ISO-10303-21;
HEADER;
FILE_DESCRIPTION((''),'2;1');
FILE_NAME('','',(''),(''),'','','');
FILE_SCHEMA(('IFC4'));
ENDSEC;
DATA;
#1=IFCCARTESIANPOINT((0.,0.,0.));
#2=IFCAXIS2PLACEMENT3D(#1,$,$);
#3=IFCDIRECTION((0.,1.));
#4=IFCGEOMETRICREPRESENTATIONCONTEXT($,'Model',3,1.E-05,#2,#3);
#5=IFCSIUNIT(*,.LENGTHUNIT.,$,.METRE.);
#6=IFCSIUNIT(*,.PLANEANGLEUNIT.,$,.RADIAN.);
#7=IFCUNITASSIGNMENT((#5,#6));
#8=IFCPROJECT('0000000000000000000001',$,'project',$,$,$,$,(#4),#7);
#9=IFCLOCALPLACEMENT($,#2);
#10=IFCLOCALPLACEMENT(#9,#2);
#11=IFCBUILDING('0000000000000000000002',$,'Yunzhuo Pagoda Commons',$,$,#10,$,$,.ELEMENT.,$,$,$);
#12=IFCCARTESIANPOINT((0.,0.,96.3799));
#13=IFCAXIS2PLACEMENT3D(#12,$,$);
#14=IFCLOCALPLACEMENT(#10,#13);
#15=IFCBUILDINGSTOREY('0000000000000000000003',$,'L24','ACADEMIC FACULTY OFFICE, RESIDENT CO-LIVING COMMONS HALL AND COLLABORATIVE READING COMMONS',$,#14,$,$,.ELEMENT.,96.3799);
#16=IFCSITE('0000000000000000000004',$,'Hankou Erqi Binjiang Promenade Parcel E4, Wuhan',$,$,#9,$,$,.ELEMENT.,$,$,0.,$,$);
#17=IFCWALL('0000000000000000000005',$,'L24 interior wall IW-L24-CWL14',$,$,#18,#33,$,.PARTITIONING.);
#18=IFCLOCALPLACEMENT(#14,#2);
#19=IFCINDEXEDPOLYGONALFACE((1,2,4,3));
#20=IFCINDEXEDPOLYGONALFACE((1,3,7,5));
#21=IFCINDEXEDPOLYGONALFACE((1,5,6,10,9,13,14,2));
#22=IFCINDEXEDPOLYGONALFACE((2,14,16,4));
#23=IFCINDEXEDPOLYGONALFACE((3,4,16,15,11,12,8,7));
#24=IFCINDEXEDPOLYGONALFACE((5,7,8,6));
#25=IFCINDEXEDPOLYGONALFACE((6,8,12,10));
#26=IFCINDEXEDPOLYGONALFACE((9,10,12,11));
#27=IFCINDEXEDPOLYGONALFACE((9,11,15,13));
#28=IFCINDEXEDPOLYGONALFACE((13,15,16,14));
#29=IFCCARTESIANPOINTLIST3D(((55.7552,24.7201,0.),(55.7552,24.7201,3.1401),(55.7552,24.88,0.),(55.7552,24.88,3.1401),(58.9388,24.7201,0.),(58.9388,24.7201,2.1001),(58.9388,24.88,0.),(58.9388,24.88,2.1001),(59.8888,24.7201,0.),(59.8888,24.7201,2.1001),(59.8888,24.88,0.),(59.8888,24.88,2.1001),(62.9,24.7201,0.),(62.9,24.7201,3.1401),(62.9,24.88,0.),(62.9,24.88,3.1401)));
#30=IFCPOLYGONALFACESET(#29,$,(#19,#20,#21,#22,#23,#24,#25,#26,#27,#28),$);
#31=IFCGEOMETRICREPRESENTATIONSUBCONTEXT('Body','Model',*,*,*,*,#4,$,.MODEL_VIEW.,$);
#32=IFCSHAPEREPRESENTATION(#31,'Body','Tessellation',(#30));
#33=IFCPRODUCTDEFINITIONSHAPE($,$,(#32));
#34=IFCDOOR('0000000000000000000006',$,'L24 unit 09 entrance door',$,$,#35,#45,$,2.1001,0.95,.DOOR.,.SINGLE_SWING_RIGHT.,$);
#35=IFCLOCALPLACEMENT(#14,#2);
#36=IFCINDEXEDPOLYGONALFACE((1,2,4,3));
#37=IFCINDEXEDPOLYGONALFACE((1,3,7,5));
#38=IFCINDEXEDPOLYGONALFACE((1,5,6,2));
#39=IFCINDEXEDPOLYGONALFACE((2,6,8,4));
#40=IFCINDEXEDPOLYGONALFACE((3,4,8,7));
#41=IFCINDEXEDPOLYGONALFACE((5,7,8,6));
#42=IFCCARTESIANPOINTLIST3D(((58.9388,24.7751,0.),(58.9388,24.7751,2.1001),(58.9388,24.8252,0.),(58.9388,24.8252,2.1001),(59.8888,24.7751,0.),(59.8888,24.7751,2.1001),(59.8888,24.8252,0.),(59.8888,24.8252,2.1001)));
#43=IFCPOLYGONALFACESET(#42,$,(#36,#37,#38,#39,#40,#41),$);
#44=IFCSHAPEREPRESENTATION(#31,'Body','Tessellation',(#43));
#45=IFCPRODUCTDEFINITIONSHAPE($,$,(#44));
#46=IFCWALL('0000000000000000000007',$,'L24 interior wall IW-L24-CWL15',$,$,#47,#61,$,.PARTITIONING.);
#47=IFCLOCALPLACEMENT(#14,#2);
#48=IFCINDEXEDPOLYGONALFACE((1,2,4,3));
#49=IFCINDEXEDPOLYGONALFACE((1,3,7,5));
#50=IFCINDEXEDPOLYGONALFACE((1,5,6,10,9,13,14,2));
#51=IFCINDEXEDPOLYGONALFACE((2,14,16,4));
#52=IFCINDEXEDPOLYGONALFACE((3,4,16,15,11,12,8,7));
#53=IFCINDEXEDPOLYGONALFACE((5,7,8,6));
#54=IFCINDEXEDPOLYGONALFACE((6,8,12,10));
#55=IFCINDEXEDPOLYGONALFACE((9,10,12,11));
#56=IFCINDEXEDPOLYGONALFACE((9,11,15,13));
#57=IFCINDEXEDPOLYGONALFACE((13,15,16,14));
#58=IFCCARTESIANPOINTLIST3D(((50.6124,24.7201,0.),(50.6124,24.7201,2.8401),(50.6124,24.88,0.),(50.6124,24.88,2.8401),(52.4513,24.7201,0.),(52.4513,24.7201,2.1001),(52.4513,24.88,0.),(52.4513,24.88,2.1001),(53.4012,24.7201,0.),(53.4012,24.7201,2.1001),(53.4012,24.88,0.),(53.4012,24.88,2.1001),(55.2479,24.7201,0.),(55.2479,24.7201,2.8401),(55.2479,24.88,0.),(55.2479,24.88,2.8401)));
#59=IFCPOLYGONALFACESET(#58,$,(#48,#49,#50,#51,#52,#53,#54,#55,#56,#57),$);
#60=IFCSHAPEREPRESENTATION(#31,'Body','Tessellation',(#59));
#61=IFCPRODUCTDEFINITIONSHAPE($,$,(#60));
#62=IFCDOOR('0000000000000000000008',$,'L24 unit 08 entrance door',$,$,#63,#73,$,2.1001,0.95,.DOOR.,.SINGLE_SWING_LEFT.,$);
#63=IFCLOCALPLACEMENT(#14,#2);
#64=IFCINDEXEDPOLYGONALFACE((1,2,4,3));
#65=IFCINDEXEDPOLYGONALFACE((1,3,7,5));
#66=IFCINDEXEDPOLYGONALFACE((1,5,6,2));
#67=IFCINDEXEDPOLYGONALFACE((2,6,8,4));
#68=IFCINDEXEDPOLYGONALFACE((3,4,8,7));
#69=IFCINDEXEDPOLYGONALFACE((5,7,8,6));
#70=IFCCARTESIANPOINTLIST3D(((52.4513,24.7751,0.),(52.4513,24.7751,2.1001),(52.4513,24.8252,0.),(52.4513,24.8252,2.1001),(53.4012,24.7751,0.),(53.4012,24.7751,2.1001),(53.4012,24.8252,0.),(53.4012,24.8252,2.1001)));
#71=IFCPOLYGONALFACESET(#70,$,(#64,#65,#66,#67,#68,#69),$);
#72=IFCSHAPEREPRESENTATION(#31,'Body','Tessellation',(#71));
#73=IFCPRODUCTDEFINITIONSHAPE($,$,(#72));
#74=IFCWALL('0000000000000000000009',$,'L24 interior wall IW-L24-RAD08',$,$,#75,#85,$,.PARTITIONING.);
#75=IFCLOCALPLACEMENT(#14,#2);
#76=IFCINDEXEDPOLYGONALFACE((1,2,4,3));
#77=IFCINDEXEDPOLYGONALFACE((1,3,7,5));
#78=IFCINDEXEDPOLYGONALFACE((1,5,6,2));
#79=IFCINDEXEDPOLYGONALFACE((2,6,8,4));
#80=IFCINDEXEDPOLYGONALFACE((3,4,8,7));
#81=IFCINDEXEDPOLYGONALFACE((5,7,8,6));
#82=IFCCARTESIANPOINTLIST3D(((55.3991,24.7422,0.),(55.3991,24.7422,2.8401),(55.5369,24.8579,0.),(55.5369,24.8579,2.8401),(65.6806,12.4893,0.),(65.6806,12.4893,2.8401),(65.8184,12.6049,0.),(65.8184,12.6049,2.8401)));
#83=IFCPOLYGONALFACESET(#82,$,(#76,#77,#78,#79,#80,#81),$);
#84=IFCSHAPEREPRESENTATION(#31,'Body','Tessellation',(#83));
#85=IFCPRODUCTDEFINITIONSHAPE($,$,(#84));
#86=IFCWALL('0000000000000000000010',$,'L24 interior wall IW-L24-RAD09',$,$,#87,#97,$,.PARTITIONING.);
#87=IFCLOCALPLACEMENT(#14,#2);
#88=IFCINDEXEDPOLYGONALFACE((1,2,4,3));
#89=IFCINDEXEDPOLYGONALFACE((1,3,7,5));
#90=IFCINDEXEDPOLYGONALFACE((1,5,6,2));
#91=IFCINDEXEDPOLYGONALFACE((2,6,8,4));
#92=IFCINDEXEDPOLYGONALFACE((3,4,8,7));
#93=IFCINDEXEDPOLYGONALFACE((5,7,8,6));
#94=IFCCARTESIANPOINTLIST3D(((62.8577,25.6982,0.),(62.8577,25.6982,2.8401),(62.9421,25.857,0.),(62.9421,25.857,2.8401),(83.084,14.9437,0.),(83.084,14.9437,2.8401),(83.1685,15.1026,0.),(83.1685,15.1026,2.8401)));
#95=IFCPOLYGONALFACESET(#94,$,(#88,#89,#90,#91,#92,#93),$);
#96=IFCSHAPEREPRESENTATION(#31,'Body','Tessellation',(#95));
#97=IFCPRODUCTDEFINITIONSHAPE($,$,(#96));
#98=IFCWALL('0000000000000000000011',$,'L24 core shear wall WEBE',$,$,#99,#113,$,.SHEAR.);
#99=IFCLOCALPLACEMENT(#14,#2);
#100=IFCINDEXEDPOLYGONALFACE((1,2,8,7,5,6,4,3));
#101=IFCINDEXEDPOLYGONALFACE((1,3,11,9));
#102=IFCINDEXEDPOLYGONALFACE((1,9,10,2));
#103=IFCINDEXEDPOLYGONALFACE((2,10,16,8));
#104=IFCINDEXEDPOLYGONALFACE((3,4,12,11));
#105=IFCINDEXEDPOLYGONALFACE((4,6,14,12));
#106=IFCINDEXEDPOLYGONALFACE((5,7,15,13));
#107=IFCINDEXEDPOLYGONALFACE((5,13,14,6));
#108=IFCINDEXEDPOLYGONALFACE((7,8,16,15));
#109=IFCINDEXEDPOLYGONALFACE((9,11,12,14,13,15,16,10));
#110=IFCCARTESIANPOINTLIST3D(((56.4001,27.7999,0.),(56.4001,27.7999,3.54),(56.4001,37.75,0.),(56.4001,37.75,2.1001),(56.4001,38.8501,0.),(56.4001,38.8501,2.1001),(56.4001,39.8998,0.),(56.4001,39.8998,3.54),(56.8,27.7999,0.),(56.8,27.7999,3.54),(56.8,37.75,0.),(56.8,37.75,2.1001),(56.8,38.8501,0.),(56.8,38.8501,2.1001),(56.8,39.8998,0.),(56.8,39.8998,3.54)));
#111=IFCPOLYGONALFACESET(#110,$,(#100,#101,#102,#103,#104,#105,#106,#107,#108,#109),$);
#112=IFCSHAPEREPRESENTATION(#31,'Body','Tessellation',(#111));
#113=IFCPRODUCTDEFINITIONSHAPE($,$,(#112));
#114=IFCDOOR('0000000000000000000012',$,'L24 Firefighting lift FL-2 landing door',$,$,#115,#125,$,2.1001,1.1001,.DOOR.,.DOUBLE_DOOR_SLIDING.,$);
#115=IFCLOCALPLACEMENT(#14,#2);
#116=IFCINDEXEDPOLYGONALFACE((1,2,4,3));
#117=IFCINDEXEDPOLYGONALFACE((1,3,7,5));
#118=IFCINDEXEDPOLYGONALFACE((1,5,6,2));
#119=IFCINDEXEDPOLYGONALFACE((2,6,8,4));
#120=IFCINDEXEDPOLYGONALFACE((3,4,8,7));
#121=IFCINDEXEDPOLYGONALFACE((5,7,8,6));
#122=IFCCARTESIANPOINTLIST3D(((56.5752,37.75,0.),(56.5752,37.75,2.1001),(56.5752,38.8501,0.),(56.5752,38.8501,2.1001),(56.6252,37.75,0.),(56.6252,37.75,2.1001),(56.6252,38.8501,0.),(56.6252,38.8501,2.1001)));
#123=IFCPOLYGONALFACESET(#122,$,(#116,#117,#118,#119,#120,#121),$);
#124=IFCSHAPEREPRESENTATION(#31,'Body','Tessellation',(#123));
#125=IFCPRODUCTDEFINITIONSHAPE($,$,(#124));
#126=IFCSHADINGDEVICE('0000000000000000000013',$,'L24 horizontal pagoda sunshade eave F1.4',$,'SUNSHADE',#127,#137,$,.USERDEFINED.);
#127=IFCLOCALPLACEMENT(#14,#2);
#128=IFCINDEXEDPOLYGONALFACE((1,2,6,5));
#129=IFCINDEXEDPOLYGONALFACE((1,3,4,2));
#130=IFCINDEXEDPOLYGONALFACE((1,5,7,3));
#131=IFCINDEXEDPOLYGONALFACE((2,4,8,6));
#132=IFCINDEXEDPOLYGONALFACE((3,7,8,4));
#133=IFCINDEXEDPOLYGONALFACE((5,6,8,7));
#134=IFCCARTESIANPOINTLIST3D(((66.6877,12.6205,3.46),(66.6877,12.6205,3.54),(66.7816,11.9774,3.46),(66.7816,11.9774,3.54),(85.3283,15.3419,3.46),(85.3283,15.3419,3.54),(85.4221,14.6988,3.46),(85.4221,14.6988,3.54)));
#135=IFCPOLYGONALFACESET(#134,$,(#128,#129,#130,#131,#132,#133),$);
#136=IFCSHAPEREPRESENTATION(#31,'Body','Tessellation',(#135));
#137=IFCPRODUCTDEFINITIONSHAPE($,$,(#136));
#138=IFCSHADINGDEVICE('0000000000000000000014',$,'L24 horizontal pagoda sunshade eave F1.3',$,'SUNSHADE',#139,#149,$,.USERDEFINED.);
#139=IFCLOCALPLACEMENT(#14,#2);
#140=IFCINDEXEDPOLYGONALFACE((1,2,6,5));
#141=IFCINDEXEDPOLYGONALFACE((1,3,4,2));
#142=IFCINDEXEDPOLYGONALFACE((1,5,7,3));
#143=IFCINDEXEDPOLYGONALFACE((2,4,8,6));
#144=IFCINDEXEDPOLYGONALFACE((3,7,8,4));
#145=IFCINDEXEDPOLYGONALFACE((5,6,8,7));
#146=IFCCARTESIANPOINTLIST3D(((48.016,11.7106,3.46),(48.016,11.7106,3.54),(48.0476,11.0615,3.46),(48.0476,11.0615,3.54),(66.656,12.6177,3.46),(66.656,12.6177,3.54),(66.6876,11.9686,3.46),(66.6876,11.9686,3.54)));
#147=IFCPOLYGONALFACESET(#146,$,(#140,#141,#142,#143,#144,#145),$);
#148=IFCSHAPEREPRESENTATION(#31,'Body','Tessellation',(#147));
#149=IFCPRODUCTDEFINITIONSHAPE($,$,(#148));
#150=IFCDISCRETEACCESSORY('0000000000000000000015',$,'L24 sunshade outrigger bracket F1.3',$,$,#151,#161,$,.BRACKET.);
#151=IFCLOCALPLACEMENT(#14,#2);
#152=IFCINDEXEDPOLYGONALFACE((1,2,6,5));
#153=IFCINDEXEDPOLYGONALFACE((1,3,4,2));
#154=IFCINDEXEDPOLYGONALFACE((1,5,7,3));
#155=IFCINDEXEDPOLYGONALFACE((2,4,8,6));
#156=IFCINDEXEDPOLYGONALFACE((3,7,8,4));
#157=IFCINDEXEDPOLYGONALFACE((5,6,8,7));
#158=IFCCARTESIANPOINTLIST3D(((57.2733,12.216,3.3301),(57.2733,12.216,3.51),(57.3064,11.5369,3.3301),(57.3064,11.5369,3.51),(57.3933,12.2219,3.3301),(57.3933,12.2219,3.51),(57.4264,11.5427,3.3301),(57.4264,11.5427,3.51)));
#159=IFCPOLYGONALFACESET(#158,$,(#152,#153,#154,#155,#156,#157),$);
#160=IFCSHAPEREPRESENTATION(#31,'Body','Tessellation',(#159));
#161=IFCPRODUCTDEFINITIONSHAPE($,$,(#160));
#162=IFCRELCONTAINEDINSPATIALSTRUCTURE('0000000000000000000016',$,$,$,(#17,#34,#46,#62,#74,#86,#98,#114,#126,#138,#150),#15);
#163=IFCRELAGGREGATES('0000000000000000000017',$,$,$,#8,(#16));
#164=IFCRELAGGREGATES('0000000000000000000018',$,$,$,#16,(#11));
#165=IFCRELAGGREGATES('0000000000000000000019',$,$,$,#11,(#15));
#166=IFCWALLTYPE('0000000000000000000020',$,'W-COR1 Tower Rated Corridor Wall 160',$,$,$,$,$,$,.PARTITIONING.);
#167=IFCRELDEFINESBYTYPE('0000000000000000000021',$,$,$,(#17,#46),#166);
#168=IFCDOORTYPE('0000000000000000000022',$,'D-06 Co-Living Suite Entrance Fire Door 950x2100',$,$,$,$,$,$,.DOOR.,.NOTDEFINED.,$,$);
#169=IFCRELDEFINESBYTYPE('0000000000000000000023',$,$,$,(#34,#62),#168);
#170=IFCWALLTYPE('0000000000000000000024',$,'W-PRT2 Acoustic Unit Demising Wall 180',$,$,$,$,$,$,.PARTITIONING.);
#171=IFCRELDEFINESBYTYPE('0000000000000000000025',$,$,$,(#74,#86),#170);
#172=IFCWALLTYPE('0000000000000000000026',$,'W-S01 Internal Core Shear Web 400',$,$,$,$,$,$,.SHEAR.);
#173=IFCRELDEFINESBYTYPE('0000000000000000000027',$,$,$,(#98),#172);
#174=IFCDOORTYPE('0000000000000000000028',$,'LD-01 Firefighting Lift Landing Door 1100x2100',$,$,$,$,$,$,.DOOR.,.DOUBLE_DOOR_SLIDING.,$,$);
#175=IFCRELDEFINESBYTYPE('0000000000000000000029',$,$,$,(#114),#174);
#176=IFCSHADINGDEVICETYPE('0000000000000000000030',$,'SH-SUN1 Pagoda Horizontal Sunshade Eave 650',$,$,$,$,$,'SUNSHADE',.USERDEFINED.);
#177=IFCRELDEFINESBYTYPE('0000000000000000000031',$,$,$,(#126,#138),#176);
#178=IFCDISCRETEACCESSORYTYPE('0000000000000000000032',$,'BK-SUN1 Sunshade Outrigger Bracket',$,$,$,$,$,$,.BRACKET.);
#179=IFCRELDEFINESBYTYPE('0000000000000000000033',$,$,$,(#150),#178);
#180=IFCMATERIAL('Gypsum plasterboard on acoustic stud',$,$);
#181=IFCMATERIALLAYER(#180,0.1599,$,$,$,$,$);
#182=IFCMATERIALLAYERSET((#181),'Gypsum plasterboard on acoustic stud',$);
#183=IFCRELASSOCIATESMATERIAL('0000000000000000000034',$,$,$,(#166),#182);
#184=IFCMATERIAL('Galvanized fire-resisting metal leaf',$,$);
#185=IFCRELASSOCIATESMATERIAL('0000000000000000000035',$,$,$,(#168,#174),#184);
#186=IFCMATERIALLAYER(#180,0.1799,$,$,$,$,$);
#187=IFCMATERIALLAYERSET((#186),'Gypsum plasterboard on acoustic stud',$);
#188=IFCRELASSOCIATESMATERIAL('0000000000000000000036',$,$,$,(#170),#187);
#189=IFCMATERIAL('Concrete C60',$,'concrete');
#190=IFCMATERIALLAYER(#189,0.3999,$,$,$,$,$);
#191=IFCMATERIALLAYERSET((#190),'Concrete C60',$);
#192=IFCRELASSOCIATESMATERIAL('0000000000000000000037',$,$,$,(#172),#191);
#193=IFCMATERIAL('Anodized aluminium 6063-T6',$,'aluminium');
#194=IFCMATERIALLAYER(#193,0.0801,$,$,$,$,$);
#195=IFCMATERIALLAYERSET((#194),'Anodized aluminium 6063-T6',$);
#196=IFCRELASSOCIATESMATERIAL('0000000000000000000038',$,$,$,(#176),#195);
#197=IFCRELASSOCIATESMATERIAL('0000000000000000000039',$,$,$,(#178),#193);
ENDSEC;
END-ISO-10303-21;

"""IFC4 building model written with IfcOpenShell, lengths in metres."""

from ifc_helpers import new_model, si_unit, direction, frame, frame_2d, origin, origin_with_axes, origin_2d, place, context, subcontext, project, spatial, rectangle, extrude, source, transform, mapped, material, layer, layer_set, type_object, element, fill, save


model = new_model("IFC4")

# Units and contexts
model_context = context("Model", 3, precision=1e-05, world=origin(), true_north=direction((0.0, 1.0)))
body_context = subcontext(model_context, "Body", "Model", "MODEL_VIEW")
ifc_project = project(units=[si_unit("LENGTHUNIT", "METRE"), si_unit("PLANEANGLEUNIT", "RADIAN")], contexts=[model_context])

# Site, building, storey
site_placement = place(None, origin())
site = spatial("IfcSite", under=ifc_project, at=site_placement, Name="Hankou Erqi Binjiang Promenade Parcel E4, Wuhan", CompositionType="ELEMENT", RefElevation=0.0)
building_placement = place(site_placement, origin())
building = spatial("IfcBuilding", under=site, at=building_placement, Name="Yunzhuo Pagoda Commons", CompositionType="ELEMENT")
storey_placement = place(building_placement, frame((0.0, 0.0, 96.3799)))
storey = spatial("IfcBuildingStorey", under=building, at=storey_placement, Name="L24", Description="ACADEMIC FACULTY OFFICE, RESIDENT CO-LIVING COMMONS HALL AND COLLABORATIVE READING COMMONS", CompositionType="ELEMENT", Elevation=96.3799)

# Shared definitions
ifc_material_1 = material(Name="Anodized aluminium 6063-T6", Category="aluminium")

# Shared definitions
ifc_material_2 = material(Name="Concrete C60", Category="concrete")
ifc_material_3 = material(Name="Gypsum plasterboard on acoustic stud")
ifc_layer_1 = layer(ifc_material_3, 0.1599)
ifc_layer_set_1 = layer_set([ifc_layer_1], Name="Gypsum plasterboard on acoustic stud")
wall_type_1 = type_object("IfcWallType", Name="W-COR1 Tower Rated Corridor Wall 160", PredefinedType="PARTITIONING", material=ifc_layer_set_1)

# Walls, openings, doors
wall_1_placement = place(storey_placement, frame((62.8999, 24.8, 0.0), z_axis=(0.0, 0.0, 1.0), x_axis=(-1.0, 0.0, 0.0)))
wall_1 = element("IfcWall", 1, at=wall_1_placement, inside=storey, type_object=wall_type_1, Name="L24 interior wall IW-L24-CWL14", PredefinedType="PARTITIONING", context=body_context, shape_type="SweptSolid", body=[
    extrude(rectangle(XDim=7.1448, YDim=0.1599, at=frame_2d((3.5723, 0.0))), origin(), (0.0, 0.0, 1.0), 3.1401),
])
opening_1_placement = place(wall_1_placement, frame((3.011, 0.0, 0.0)))
opening_1 = element("IfcOpeningElement", 2, at=opening_1_placement, cuts=wall_1, PredefinedType="OPENING", context=body_context, shape_type="SweptSolid", body=[
    extrude(rectangle(XDim=0.95, YDim=2.1001, at=frame_2d((0.4751, 1.05))), frame((0.0, 0.0898, 0.0), z_axis=(0.0, -1.0, 0.0), x_axis=(1.0, 0.0, 0.0)), (0.0, 0.0, 1.0), 0.1799),
])
ifc_material_4 = material(Name="Galvanized fire-resisting metal leaf")
door_type_1 = type_object("IfcDoorType", Name="D-06 Co-Living Suite Entrance Fire Door 950x2100", OperationType="NOTDEFINED", PredefinedType="DOOR", material=ifc_material_4)
shared_shape_1 = source(origin(), body_context, "Body", "SweptSolid", [
    extrude(rectangle(XDim=0.95, YDim=2.1001, at=frame_2d((0.4751, 1.05))), frame((0.0, 0.0249, 0.0), z_axis=(0.0, -1.0, 0.0), x_axis=(1.0, 0.0, 0.0)), (0.0, 0.0, 1.0), 0.05),
])
door_1_placement = place(opening_1_placement, origin_with_axes())
door_1 = element("IfcDoor", 3, at=door_1_placement, inside=storey, type_object=door_type_1, Name="L24 unit 09 entrance door", OperationType="SINGLE_SWING_RIGHT", OverallHeight=2.1001, OverallWidth=0.95, PredefinedType="DOOR", context=body_context, shape_type="MappedRepresentation", body=[
    mapped(shared_shape_1, transform((0.0, 0.0, 0.0), scale=1.0)),
])
fill(opening_1, door_1)
wall_2_placement = place(storey_placement, frame((55.248, 24.8, 0.0), z_axis=(0.0, 0.0, 1.0), x_axis=(-1.0, 0.0, 0.0)))
wall_2 = element("IfcWall", 4, at=wall_2_placement, inside=storey, type_object=wall_type_1, Name="L24 interior wall IW-L24-CWL15", PredefinedType="PARTITIONING", context=body_context, shape_type="SweptSolid", body=[
    extrude(rectangle(XDim=4.6355, YDim=0.1599, at=frame_2d((2.3179, 0.0))), origin(), (0.0, 0.0, 1.0), 2.8401),
])
opening_2_placement = place(wall_2_placement, frame((1.8467, 0.0, 0.0)))
opening_2 = element("IfcOpeningElement", 5, at=opening_2_placement, cuts=wall_2, PredefinedType="OPENING", context=body_context, shape_type="SweptSolid", body=[
    extrude(rectangle(XDim=0.95, YDim=2.1001, at=frame_2d((0.4751, 1.05))), frame((0.0, 0.0898, 0.0), z_axis=(0.0, -1.0, 0.0), x_axis=(1.0, 0.0, 0.0)), (0.0, 0.0, 1.0), 0.1799),
])
door_2_placement = place(opening_2_placement, origin_with_axes())
door_2 = element("IfcDoor", 6, at=door_2_placement, inside=storey, type_object=door_type_1, Name="L24 unit 08 entrance door", OperationType="SINGLE_SWING_LEFT", OverallHeight=2.1001, OverallWidth=0.95, PredefinedType="DOOR", context=body_context, shape_type="MappedRepresentation", body=[
    mapped(shared_shape_1, transform((0.0, 0.0, 0.0), scale=1.0)),
])
fill(opening_2, door_2)

# Walls
ifc_layer_2 = layer(ifc_material_3, 0.1799)
ifc_layer_set_2 = layer_set([ifc_layer_2], Name="Gypsum plasterboard on acoustic stud")
wall_type_2 = type_object("IfcWallType", Name="W-PRT2 Acoustic Unit Demising Wall 180", PredefinedType="PARTITIONING", material=ifc_layer_set_2)
wall_3_placement = place(storey_placement, frame((55.468, 24.8, 0.0), z_axis=(0.0, 0.0, 1.0), x_axis=(0.64279, -0.766042, 0.0)))
element("IfcWall", 7, at=wall_3_placement, inside=storey, type_object=wall_type_2, Name="L24 interior wall IW-L24-RAD08", PredefinedType="PARTITIONING", context=body_context, shape_type="SweptSolid", body=[
    extrude(rectangle(XDim=15.9951, YDim=0.1799, at=frame_2d((7.9976, 0.0))), origin(), (0.0, 0.0, 1.0), 2.8401),
])
wall_4_placement = place(storey_placement, frame((62.8999, 25.7776, 0.0), z_axis=(0.0, 0.0, 1.0), x_axis=(0.88295, -0.469467, 0.0)))
element("IfcWall", 8, at=wall_4_placement, inside=storey, type_object=wall_type_2, Name="L24 interior wall IW-L24-RAD09", PredefinedType="PARTITIONING", context=body_context, shape_type="SweptSolid", body=[
    extrude(rectangle(XDim=22.9077, YDim=0.1799, at=frame_2d((11.4539, 0.0))), origin(), (0.0, 0.0, 1.0), 2.8401),
])

# Wall, opening, door
ifc_layer_3 = layer(ifc_material_2, 0.3999)
ifc_layer_set_3 = layer_set([ifc_layer_3], Name="Concrete C60")
wall_type_3 = type_object("IfcWallType", Name="W-S01 Internal Core Shear Web 400", PredefinedType="SHEAR", material=ifc_layer_set_3)
wall_5_placement = place(storey_placement, frame((56.6001, 27.8, 0.0), z_axis=(0.0, 0.0, 1.0), x_axis=(0.0, 1.0, 0.0)))
wall_5 = element("IfcWall", 9, at=wall_5_placement, inside=storey, type_object=wall_type_3, Name="L24 core shear wall WEBE", PredefinedType="SHEAR", context=body_context, shape_type="SweptSolid", body=[
    extrude(rectangle(XDim=12.0999, YDim=0.3999, at=frame_2d((6.0498, 0.0))), origin(), (0.0, 0.0, 1.0), 3.54),
])
opening_3_placement = place(wall_5_placement, frame((9.95, 0.0, 0.0)))
opening_3 = element("IfcOpeningElement", 10, at=opening_3_placement, cuts=wall_5, PredefinedType="OPENING", context=body_context, shape_type="SweptSolid", body=[
    extrude(rectangle(XDim=1.1001, YDim=2.1001, at=frame_2d((0.55, 1.05))), frame((0.0, 0.21, 0.0), z_axis=(0.0, -1.0, 0.0), x_axis=(1.0, 0.0, 0.0)), (0.0, 0.0, 1.0), 0.4199),
])
door_type_2 = type_object("IfcDoorType", Name="LD-01 Firefighting Lift Landing Door 1100x2100", OperationType="DOUBLE_DOOR_SLIDING", PredefinedType="DOOR", material=ifc_material_4)
shared_shape_2 = source(origin(), body_context, "Body", "SweptSolid", [
    extrude(rectangle(XDim=1.1001, YDim=2.1001, at=frame_2d((0.55, 1.05))), frame((0.0, 0.0249, 0.0), z_axis=(0.0, -1.0, 0.0), x_axis=(1.0, 0.0, 0.0)), (0.0, 0.0, 1.0), 0.05),
])
door_3_placement = place(opening_3_placement, origin_with_axes())
door_3 = element("IfcDoor", 11, at=door_3_placement, inside=storey, type_object=door_type_2, Name="L24 Firefighting lift FL-2 landing door", OperationType="DOUBLE_DOOR_SLIDING", OverallHeight=2.1001, OverallWidth=1.1001, PredefinedType="DOOR", context=body_context, shape_type="MappedRepresentation", body=[
    mapped(shared_shape_2, transform((0.0, 0.0, 0.0), scale=1.0)),
])
fill(opening_3, door_3)

# Shading devices
ifc_layer_4 = layer(ifc_material_1, 0.0801)
ifc_layer_set_4 = layer_set([ifc_layer_4], Name="Anodized aluminium 6063-T6")
shading_device_type = type_object("IfcShadingDeviceType", Name="SH-SUN1 Pagoda Horizontal Sunshade Eave 650", ElementType="SUNSHADE", PredefinedType="USERDEFINED", material=ifc_layer_set_4)
shared_shape_3 = source(origin(), body_context, "Body", "SweptSolid", [
    extrude(rectangle(XDim=18.8381, YDim=0.6499, at=origin_2d()), origin(), (0.0, 0.0, 1.0), 0.0801),
])
shading_device_1_placement = place(storey_placement, frame((76.0549, 13.6597, 3.46), z_axis=(0.0, 0.0, 1.0), x_axis=(0.989511, 0.14446, 0.0)))
element("IfcShadingDevice", 12, at=shading_device_1_placement, inside=storey, type_object=shading_device_type, Name="L24 horizontal pagoda sunshade eave F1.4", ObjectType="SUNSHADE", PredefinedType="USERDEFINED", context=body_context, shape_type="MappedRepresentation", body=[
    mapped(shared_shape_3, transform((0.0, 0.0, 0.0), scale=1.0)),
])
shared_shape_4 = source(origin(), body_context, "Body", "SweptSolid", [
    extrude(rectangle(XDim=18.6621, YDim=0.6499, at=origin_2d()), origin(), (0.0, 0.0, 1.0), 0.0801),
])
shading_device_2_placement = place(storey_placement, frame((57.3518, 11.8396, 3.46), z_axis=(0.0, 0.0, 1.0), x_axis=(0.998818, 0.048606, 0.0)))
element("IfcShadingDevice", 13, at=shading_device_2_placement, inside=storey, type_object=shading_device_type, Name="L24 horizontal pagoda sunshade eave F1.3", ObjectType="SUNSHADE", PredefinedType="USERDEFINED", context=body_context, shape_type="MappedRepresentation", body=[
    mapped(shared_shape_4, transform((0.0, 0.0, 0.0), scale=1.0)),
])

# Discrete accessory
discrete_accessory_type = type_object("IfcDiscreteAccessoryType", Name="BK-SUN1 Sunshade Outrigger Bracket", PredefinedType="BRACKET", material=ifc_material_1)
shared_shape_5 = source(origin(), body_context, "Body", "SweptSolid", [
    extrude(rectangle(XDim=0.1201, YDim=0.6799, at=origin_2d()), origin(), (0.0, 0.0, 1.0), 0.1799),
])
discrete_accessory_placement = place(storey_placement, frame((57.3499, 11.8794, 3.3301), z_axis=(0.0, 0.0, 1.0), x_axis=(0.998818, 0.048606, 0.0)))
element("IfcDiscreteAccessory", 14, at=discrete_accessory_placement, inside=storey, type_object=discrete_accessory_type, Name="L24 sunshade outrigger bracket F1.3", PredefinedType="BRACKET", context=body_context, shape_type="MappedRepresentation", body=[
    mapped(shared_shape_5, transform((0.0, 0.0, 0.0), scale=1.0)),
])

save(model, "model.ifc")
